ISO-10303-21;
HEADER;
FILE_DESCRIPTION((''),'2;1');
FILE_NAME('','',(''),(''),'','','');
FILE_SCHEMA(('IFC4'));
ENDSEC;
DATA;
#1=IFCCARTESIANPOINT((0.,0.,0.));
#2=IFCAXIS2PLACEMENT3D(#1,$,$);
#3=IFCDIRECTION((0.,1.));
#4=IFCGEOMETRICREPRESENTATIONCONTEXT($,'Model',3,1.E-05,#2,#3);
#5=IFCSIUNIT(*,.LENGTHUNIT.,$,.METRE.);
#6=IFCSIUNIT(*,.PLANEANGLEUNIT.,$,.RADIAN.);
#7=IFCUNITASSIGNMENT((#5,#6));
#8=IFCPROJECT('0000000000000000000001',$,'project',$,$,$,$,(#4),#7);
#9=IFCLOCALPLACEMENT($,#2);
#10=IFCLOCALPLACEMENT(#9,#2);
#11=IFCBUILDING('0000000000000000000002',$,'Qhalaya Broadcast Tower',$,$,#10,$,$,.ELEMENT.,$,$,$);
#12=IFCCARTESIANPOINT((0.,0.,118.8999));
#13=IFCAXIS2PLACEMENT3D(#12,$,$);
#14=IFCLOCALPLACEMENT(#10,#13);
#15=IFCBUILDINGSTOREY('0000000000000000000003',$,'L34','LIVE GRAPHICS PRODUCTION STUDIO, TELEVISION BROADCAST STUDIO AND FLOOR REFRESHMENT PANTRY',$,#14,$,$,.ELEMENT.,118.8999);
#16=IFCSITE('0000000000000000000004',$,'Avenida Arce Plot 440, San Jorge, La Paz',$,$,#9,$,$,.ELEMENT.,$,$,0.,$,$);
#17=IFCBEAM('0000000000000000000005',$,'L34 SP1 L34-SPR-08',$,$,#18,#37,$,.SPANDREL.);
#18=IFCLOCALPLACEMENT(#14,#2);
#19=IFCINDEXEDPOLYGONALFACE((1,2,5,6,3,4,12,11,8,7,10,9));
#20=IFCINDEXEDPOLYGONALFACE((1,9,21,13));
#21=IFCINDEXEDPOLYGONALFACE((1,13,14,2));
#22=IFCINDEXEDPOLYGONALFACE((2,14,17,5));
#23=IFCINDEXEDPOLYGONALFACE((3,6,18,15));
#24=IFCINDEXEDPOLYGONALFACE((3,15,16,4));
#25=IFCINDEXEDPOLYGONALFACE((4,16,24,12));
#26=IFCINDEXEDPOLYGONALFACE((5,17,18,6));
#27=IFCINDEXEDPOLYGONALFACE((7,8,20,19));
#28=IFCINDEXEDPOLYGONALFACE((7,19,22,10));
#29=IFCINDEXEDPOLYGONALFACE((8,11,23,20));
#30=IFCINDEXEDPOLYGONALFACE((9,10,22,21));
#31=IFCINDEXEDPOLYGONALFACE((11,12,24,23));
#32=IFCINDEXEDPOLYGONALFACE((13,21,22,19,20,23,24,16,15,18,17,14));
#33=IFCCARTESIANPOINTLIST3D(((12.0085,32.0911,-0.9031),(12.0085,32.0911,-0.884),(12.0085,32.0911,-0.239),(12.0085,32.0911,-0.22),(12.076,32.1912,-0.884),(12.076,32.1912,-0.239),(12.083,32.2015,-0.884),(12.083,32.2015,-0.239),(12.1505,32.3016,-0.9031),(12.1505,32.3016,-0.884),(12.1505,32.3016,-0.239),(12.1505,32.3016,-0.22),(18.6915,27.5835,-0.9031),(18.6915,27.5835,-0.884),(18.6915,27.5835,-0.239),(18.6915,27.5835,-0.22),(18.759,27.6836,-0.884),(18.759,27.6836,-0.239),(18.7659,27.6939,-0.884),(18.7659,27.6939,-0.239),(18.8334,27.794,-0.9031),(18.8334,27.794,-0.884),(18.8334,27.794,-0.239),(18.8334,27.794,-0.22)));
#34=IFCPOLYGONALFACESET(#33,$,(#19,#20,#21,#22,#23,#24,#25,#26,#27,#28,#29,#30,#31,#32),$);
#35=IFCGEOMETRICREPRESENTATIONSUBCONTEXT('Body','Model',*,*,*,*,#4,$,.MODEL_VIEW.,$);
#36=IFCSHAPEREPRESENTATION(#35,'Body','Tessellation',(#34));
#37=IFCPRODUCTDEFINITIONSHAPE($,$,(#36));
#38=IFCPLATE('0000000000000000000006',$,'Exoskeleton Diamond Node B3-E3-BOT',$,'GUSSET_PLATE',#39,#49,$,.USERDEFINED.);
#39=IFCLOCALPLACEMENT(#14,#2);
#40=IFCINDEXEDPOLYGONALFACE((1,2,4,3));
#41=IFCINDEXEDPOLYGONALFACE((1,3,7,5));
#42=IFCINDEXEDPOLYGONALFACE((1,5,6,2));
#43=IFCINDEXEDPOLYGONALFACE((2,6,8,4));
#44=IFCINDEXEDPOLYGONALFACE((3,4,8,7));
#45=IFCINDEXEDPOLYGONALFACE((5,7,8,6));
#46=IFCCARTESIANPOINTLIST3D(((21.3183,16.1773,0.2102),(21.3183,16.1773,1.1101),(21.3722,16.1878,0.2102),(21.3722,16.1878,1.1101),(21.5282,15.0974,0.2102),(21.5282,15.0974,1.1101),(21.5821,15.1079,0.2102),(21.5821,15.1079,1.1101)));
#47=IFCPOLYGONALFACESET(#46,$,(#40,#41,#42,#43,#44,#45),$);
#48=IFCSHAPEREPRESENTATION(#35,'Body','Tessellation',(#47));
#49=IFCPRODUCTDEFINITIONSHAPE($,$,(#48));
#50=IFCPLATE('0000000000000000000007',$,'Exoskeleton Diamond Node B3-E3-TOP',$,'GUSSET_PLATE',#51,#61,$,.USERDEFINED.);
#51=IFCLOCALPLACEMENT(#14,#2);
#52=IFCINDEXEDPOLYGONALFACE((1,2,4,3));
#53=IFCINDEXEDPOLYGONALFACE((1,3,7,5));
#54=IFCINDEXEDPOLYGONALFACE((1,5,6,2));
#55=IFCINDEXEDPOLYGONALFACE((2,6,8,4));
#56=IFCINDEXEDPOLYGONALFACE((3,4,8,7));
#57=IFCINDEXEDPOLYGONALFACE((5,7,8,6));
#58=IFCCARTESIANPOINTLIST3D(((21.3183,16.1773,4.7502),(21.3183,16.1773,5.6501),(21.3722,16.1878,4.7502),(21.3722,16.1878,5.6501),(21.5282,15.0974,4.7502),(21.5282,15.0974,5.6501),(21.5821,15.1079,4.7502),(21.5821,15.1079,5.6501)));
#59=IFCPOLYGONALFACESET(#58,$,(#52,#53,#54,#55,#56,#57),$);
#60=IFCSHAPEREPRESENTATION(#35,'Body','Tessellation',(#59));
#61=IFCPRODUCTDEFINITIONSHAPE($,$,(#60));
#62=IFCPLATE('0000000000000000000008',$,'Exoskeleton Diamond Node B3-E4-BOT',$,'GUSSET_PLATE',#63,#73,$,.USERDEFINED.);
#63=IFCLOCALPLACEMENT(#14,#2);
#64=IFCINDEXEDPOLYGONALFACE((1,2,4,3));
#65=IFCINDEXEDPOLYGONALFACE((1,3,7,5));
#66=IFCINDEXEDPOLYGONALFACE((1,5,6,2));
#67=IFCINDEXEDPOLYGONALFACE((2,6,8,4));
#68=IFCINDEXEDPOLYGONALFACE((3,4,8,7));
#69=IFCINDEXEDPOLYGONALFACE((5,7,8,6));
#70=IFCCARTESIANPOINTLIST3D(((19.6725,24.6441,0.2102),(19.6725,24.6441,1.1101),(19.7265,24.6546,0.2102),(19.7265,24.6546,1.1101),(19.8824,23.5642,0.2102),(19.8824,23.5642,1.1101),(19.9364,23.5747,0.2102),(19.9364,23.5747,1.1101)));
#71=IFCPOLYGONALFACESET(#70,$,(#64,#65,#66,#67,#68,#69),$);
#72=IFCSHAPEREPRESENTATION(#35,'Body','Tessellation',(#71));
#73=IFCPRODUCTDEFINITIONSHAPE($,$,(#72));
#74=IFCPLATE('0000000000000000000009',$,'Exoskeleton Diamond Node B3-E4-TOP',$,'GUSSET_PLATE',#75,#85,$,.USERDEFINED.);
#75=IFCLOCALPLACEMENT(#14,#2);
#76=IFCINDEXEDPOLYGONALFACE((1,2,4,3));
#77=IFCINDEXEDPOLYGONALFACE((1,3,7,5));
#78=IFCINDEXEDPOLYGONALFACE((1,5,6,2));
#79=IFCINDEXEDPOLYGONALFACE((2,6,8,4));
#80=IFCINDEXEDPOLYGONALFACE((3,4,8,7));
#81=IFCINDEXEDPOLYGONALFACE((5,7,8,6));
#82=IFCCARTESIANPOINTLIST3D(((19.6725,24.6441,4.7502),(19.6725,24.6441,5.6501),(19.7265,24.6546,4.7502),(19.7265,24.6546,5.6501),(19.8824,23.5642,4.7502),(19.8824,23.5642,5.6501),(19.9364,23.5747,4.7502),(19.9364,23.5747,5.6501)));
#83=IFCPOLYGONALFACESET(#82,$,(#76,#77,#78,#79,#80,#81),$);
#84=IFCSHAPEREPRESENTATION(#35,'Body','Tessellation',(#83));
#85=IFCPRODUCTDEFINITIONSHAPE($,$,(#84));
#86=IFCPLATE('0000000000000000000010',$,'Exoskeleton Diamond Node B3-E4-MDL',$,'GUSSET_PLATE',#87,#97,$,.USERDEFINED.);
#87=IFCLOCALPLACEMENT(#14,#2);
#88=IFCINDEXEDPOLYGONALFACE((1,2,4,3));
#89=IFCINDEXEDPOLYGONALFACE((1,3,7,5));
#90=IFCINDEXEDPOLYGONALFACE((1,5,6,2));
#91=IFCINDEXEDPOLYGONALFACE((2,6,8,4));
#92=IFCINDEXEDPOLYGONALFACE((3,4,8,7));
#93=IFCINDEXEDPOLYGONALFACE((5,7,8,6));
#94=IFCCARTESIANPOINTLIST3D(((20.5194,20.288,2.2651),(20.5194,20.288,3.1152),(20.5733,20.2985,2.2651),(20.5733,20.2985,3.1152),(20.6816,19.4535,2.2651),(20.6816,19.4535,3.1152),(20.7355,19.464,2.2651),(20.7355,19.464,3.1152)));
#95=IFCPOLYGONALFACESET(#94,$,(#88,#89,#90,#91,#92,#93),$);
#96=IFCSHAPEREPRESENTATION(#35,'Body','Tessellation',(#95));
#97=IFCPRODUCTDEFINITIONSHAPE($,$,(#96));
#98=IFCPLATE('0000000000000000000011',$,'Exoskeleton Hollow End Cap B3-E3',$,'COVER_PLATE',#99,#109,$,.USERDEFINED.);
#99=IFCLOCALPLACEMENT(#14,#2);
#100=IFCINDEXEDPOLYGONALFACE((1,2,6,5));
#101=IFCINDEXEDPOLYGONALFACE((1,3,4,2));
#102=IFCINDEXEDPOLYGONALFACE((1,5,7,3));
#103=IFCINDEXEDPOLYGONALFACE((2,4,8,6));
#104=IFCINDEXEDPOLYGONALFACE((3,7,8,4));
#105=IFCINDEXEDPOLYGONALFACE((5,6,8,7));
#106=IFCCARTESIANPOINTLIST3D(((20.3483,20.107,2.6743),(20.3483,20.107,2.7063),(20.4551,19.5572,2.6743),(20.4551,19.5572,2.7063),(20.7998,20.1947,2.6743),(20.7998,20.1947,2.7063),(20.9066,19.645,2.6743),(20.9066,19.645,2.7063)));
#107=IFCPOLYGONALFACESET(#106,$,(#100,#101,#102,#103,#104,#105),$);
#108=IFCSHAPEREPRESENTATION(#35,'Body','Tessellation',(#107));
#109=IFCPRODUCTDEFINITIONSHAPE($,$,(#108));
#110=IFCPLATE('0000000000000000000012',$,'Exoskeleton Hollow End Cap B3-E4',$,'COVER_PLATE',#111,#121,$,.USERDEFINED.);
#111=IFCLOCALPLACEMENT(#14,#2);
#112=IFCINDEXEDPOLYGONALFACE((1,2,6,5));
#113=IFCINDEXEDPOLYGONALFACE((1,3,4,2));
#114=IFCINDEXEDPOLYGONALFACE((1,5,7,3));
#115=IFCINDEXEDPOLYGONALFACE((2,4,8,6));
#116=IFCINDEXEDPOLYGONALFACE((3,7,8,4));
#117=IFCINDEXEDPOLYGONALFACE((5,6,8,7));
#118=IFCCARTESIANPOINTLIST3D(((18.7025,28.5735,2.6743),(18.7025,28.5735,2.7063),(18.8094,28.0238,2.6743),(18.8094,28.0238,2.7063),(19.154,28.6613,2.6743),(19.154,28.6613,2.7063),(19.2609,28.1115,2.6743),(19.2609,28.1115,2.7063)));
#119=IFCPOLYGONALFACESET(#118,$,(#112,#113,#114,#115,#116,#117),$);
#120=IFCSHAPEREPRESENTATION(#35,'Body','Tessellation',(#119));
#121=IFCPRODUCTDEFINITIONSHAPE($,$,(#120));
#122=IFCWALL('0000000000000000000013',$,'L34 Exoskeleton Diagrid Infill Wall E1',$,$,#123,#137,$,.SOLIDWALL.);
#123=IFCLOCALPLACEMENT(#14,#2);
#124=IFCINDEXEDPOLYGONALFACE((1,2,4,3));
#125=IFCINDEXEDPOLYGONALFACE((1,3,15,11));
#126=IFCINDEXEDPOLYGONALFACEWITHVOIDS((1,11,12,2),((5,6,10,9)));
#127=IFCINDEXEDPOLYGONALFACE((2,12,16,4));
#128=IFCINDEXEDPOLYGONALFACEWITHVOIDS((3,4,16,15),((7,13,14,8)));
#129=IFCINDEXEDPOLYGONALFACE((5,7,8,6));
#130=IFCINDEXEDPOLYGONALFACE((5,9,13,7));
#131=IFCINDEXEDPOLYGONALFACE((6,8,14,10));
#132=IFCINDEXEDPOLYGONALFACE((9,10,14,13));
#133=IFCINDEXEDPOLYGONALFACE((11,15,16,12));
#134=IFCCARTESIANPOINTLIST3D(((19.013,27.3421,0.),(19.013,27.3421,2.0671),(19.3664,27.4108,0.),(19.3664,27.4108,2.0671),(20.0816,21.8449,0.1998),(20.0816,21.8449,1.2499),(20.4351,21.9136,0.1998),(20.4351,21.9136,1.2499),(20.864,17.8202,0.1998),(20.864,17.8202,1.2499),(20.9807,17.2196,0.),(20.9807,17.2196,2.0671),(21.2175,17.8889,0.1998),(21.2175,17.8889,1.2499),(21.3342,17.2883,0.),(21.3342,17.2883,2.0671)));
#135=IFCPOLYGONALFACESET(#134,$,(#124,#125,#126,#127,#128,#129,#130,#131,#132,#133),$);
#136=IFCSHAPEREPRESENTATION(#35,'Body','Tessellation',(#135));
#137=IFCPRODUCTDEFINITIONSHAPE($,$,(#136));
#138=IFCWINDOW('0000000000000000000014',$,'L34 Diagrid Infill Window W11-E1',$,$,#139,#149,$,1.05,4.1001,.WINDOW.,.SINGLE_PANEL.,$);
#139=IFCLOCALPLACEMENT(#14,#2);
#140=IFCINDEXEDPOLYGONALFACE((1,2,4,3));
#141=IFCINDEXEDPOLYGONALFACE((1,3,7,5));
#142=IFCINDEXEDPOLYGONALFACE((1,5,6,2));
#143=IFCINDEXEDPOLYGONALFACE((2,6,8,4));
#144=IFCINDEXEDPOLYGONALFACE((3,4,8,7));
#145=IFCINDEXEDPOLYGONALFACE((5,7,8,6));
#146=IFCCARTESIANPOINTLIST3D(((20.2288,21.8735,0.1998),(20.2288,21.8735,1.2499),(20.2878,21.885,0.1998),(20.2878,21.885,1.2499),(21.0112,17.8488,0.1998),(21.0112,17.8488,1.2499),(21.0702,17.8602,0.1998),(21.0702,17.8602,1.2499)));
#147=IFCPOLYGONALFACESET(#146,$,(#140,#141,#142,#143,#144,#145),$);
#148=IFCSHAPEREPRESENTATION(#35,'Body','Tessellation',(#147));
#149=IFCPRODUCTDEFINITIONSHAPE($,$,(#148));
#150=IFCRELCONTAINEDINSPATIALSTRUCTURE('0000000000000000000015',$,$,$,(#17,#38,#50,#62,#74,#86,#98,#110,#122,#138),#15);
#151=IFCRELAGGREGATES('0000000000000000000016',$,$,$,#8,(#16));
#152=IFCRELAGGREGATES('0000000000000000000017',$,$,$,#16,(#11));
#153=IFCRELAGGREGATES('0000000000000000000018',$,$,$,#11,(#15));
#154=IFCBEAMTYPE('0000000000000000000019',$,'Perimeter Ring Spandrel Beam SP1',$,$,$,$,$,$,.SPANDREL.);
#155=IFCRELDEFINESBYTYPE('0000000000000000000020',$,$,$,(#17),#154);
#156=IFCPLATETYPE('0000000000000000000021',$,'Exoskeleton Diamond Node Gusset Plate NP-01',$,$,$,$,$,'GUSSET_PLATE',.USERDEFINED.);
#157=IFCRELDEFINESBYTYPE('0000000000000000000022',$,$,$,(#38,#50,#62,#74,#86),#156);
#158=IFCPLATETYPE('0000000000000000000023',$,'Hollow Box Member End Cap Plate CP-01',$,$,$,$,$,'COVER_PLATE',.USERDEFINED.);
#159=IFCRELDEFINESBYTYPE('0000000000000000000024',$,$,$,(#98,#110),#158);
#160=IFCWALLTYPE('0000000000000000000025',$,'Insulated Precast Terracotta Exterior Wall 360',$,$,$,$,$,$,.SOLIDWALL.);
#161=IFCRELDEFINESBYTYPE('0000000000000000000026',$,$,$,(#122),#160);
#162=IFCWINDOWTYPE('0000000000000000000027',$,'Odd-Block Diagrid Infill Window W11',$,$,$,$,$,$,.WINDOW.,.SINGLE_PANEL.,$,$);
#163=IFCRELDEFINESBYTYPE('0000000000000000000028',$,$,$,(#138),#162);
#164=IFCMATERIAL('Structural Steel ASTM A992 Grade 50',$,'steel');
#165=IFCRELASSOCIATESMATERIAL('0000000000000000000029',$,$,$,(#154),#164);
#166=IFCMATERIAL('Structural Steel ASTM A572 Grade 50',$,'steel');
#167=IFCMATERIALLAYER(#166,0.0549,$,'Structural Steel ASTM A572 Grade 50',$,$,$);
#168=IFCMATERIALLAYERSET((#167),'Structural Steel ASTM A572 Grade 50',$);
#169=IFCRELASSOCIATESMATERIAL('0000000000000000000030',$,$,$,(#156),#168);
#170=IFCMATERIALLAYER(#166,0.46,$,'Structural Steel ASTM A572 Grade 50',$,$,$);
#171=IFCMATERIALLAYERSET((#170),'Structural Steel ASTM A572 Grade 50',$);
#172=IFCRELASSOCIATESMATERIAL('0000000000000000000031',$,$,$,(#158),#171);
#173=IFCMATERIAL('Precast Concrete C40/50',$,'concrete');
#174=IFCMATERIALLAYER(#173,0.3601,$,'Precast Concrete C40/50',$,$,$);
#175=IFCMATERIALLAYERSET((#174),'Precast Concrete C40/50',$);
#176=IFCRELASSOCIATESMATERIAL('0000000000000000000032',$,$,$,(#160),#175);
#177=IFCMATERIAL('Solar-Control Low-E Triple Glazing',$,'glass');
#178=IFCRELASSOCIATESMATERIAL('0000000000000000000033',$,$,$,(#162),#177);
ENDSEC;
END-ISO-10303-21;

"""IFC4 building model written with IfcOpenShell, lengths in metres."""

from ifc_helpers import new_model, si_unit, direction, frame, frame_2d, origin, origin_2d, place, context, subcontext, project, spatial, rectangle, i_section, extrude, material, layer, layer_set, material_profile, profile_set, type_object, element, fill, save


model = new_model("IFC4")

# Units and contexts
model_context = context("Model", 3, precision=1e-05, world=origin(), true_north=direction((0.0, 1.0)))
body_context = subcontext(model_context, "Body", "Model", "MODEL_VIEW")
ifc_project = project(units=[si_unit("LENGTHUNIT", "METRE"), si_unit("PLANEANGLEUNIT", "RADIAN")], contexts=[model_context])

# Site, building, storey
site_placement = place(None, origin())
site = spatial("IfcSite", under=ifc_project, at=site_placement, Name="Avenida Arce Plot 440, San Jorge, La Paz", CompositionType="ELEMENT", RefElevation=0.0)
building_placement = place(site_placement, origin())
building = spatial("IfcBuilding", under=site, at=building_placement, Name="Qhalaya Broadcast Tower", CompositionType="ELEMENT")
storey_placement = place(building_placement, frame((0.0, 0.0, 118.8999)))
storey = spatial("IfcBuildingStorey", under=building, at=storey_placement, Name="L34", Description="LIVE GRAPHICS PRODUCTION STUDIO, TELEVISION BROADCAST STUDIO AND FLOOR REFRESHMENT PANTRY", CompositionType="ELEMENT", Elevation=118.8999)

# Shared definitions
ifc_material_1 = material(Name="Structural Steel ASTM A572 Grade 50", Category="steel")

# Beam
ifc_material_2 = material(Name="Structural Steel ASTM A992 Grade 50", Category="steel")
ifc_material_profile_1 = material_profile(ifc_material_2, i_section(OverallWidth=0.2539, OverallDepth=0.6831, WebThickness=0.0125, FlangeThickness=0.019, at=origin_2d()), Name="W27X94")
ifc_profile_set_1 = profile_set([ifc_material_profile_1], Name="Structural Steel ASTM A992 Grade 50")
beam_type = type_object("IfcBeamType", Name="Perimeter Ring Spandrel Beam SP1", PredefinedType="SPANDREL", material=ifc_profile_set_1)
beam_1_placement = place(storey_placement, frame((18.7625, 27.6887, -0.5615), z_axis=(-0.829042, 0.559186, 0.0), x_axis=(-0.559186, -0.829042, 0.0)))
element("IfcBeam", 1, at=beam_1_placement, inside=storey, type_object=beam_type, Name="L34 SP1 L34-SPR-08", PredefinedType="SPANDREL", context=body_context, shape_type="SweptSolid", body=[
    extrude(i_section(OverallWidth=0.2539, OverallDepth=0.6831, WebThickness=0.0125, FlangeThickness=0.019, at=origin_2d()), origin(), (0.0, 0.0, 1.0), 8.061),
])

# Plates
ifc_layer_1 = layer(ifc_material_1, 0.0549, Name="Structural Steel ASTM A572 Grade 50")
ifc_layer_set_1 = layer_set([ifc_layer_1], Name="Structural Steel ASTM A572 Grade 50")
plate_type_1 = type_object("IfcPlateType", Name="Exoskeleton Diamond Node Gusset Plate NP-01", ElementType="GUSSET_PLATE", PredefinedType="USERDEFINED", material=ifc_layer_set_1)
for number, where, z_axis, x_axis, name in (
    (2, (21.4502, 15.6426, 0.2102), (0.0, 0.0, 1.0), (-0.190809, 0.981627, 0.0), "Exoskeleton Diamond Node B3-E3-BOT"),
    (3, (21.4502, 15.6426, 4.7502), (0.0, 0.0, 1.0), (-0.190809, 0.981627, 0.0), "Exoskeleton Diamond Node B3-E3-TOP"),
    (4, (19.8044, 24.1094, 0.2102), (0.0, 0.0, 1.0), (-0.190809, 0.981627, 0.0), "Exoskeleton Diamond Node B3-E4-BOT"),
    (5, (19.8044, 24.1094, 4.7502), (0.0, 0.0, 1.0), (-0.190809, 0.981627, 0.0), "Exoskeleton Diamond Node B3-E4-TOP"),
):
    element("IfcPlate", number, at=place(storey_placement, frame(where, z_axis=z_axis, x_axis=x_axis)), inside=storey, type_object=plate_type_1, Name=name, ObjectType="GUSSET_PLATE", PredefinedType="USERDEFINED", context=body_context, shape_type="SweptSolid", body=[
        extrude(rectangle(XDim=1.1001, YDim=0.0549, at=origin_2d()), origin(), (0.0, 0.0, 1.0), 0.8999),
    ])
plate_placement = place(storey_placement, frame((20.6274, 19.876, 2.2651), z_axis=(0.0, 0.0, 1.0), x_axis=(-0.190809, 0.981627, 0.0)))
element("IfcPlate", 6, at=plate_placement, inside=storey, type_object=plate_type_1, Name="Exoskeleton Diamond Node B3-E4-MDL", ObjectType="GUSSET_PLATE", PredefinedType="USERDEFINED", context=body_context, shape_type="SweptSolid", body=[
    extrude(rectangle(XDim=0.8501, YDim=0.0549, at=origin_2d()), origin(), (0.0, 0.0, 1.0), 0.8501),
])
ifc_layer_2 = layer(ifc_material_1, 0.46, Name="Structural Steel ASTM A572 Grade 50")
ifc_layer_set_2 = layer_set([ifc_layer_2], Name="Structural Steel ASTM A572 Grade 50")
plate_type_2 = type_object("IfcPlateType", Name="Hollow Box Member End Cap Plate CP-01", ElementType="COVER_PLATE", PredefinedType="USERDEFINED", material=ifc_layer_set_2)
for number, where, z_axis, x_axis, name in (
    (7, (20.6274, 19.876, 2.6743), (0.0, 0.0, 1.0), (-0.190809, 0.981627, 0.0), "Exoskeleton Hollow End Cap B3-E3"),
    (8, (18.9817, 28.3425, 2.6743), (0.0, 0.0, 1.0), (-0.190809, 0.981627, 0.0), "Exoskeleton Hollow End Cap B3-E4"),
):
    element("IfcPlate", number, at=place(storey_placement, frame(where, z_axis=z_axis, x_axis=x_axis)), inside=storey, type_object=plate_type_2, Name=name, ObjectType="COVER_PLATE", PredefinedType="USERDEFINED", context=body_context, shape_type="SweptSolid", body=[
        extrude(rectangle(XDim=0.5601, YDim=0.46, at=origin_2d()), origin(), (0.0, 0.0, 1.0), 0.032),
    ])

# Wall, opening, window
ifc_material_3 = material(Name="Precast Concrete C40/50", Category="concrete")
ifc_layer_3 = layer(ifc_material_3, 0.3601, Name="Precast Concrete C40/50")
ifc_layer_set_3 = layer_set([ifc_layer_3], Name="Precast Concrete C40/50")
wall_type = type_object("IfcWallType", Name="Insulated Precast Terracotta Exterior Wall 360", PredefinedType="SOLIDWALL", material=ifc_layer_set_3)
wall_1_placement = place(storey_placement, frame((19.1897, 27.3765, 0.0), z_axis=(0.0, 0.0, 1.0), x_axis=(0.190823, -0.981625, 0.0)))
wall_1 = element("IfcWall", 9, at=wall_1_placement, inside=storey, type_object=wall_type, Name="L34 Exoskeleton Diagrid Infill Wall E1", PredefinedType="SOLIDWALL", context=body_context, shape_type="SweptSolid", body=[
    extrude(rectangle(XDim=10.312, YDim=0.3601, at=frame_2d((5.156, 0.0))), origin(), (0.0, 0.0, 1.0), 2.0671),
])
opening_1_placement = place(wall_1_placement, frame((5.6001, 0.0, 0.2)))
opening_1 = element("IfcOpeningElement", 10, at=opening_1_placement, cuts=wall_1, PredefinedType="OPENING", context=body_context, shape_type="SweptSolid", body=[
    extrude(rectangle(XDim=4.1001, YDim=1.05, at=frame_2d((2.05, 0.5249))), frame((0.0, 0.1921, 0.0), z_axis=(0.0, -1.0, 0.0), x_axis=(1.0, 0.0, 0.0)), (0.0, 0.0, 1.0), 0.384),
])
ifc_material_4 = material(Name="Solar-Control Low-E Triple Glazing", Category="glass")
window_type = type_object("IfcWindowType", Name="Odd-Block Diagrid Infill Window W11", PartitioningType="SINGLE_PANEL", PredefinedType="WINDOW", material=ifc_material_4)
window_1_placement = place(opening_1_placement, origin())
window_1 = element("IfcWindow", 11, at=window_1_placement, inside=storey, type_object=window_type, Name="L34 Diagrid Infill Window W11-E1", OverallHeight=1.05, OverallWidth=4.1001, PartitioningType="SINGLE_PANEL", PredefinedType="WINDOW", context=body_context, shape_type="SweptSolid", body=[
    extrude(rectangle(XDim=4.1001, YDim=1.05, at=frame_2d((2.05, 0.5249))), frame((0.0, 0.03, 0.0), z_axis=(0.0, -1.0, 0.0), x_axis=(1.0, 0.0, 0.0)), (0.0, 0.0, 1.0), 0.0601),
])
fill(opening_1, window_1)

save(model, "model.ifc")
